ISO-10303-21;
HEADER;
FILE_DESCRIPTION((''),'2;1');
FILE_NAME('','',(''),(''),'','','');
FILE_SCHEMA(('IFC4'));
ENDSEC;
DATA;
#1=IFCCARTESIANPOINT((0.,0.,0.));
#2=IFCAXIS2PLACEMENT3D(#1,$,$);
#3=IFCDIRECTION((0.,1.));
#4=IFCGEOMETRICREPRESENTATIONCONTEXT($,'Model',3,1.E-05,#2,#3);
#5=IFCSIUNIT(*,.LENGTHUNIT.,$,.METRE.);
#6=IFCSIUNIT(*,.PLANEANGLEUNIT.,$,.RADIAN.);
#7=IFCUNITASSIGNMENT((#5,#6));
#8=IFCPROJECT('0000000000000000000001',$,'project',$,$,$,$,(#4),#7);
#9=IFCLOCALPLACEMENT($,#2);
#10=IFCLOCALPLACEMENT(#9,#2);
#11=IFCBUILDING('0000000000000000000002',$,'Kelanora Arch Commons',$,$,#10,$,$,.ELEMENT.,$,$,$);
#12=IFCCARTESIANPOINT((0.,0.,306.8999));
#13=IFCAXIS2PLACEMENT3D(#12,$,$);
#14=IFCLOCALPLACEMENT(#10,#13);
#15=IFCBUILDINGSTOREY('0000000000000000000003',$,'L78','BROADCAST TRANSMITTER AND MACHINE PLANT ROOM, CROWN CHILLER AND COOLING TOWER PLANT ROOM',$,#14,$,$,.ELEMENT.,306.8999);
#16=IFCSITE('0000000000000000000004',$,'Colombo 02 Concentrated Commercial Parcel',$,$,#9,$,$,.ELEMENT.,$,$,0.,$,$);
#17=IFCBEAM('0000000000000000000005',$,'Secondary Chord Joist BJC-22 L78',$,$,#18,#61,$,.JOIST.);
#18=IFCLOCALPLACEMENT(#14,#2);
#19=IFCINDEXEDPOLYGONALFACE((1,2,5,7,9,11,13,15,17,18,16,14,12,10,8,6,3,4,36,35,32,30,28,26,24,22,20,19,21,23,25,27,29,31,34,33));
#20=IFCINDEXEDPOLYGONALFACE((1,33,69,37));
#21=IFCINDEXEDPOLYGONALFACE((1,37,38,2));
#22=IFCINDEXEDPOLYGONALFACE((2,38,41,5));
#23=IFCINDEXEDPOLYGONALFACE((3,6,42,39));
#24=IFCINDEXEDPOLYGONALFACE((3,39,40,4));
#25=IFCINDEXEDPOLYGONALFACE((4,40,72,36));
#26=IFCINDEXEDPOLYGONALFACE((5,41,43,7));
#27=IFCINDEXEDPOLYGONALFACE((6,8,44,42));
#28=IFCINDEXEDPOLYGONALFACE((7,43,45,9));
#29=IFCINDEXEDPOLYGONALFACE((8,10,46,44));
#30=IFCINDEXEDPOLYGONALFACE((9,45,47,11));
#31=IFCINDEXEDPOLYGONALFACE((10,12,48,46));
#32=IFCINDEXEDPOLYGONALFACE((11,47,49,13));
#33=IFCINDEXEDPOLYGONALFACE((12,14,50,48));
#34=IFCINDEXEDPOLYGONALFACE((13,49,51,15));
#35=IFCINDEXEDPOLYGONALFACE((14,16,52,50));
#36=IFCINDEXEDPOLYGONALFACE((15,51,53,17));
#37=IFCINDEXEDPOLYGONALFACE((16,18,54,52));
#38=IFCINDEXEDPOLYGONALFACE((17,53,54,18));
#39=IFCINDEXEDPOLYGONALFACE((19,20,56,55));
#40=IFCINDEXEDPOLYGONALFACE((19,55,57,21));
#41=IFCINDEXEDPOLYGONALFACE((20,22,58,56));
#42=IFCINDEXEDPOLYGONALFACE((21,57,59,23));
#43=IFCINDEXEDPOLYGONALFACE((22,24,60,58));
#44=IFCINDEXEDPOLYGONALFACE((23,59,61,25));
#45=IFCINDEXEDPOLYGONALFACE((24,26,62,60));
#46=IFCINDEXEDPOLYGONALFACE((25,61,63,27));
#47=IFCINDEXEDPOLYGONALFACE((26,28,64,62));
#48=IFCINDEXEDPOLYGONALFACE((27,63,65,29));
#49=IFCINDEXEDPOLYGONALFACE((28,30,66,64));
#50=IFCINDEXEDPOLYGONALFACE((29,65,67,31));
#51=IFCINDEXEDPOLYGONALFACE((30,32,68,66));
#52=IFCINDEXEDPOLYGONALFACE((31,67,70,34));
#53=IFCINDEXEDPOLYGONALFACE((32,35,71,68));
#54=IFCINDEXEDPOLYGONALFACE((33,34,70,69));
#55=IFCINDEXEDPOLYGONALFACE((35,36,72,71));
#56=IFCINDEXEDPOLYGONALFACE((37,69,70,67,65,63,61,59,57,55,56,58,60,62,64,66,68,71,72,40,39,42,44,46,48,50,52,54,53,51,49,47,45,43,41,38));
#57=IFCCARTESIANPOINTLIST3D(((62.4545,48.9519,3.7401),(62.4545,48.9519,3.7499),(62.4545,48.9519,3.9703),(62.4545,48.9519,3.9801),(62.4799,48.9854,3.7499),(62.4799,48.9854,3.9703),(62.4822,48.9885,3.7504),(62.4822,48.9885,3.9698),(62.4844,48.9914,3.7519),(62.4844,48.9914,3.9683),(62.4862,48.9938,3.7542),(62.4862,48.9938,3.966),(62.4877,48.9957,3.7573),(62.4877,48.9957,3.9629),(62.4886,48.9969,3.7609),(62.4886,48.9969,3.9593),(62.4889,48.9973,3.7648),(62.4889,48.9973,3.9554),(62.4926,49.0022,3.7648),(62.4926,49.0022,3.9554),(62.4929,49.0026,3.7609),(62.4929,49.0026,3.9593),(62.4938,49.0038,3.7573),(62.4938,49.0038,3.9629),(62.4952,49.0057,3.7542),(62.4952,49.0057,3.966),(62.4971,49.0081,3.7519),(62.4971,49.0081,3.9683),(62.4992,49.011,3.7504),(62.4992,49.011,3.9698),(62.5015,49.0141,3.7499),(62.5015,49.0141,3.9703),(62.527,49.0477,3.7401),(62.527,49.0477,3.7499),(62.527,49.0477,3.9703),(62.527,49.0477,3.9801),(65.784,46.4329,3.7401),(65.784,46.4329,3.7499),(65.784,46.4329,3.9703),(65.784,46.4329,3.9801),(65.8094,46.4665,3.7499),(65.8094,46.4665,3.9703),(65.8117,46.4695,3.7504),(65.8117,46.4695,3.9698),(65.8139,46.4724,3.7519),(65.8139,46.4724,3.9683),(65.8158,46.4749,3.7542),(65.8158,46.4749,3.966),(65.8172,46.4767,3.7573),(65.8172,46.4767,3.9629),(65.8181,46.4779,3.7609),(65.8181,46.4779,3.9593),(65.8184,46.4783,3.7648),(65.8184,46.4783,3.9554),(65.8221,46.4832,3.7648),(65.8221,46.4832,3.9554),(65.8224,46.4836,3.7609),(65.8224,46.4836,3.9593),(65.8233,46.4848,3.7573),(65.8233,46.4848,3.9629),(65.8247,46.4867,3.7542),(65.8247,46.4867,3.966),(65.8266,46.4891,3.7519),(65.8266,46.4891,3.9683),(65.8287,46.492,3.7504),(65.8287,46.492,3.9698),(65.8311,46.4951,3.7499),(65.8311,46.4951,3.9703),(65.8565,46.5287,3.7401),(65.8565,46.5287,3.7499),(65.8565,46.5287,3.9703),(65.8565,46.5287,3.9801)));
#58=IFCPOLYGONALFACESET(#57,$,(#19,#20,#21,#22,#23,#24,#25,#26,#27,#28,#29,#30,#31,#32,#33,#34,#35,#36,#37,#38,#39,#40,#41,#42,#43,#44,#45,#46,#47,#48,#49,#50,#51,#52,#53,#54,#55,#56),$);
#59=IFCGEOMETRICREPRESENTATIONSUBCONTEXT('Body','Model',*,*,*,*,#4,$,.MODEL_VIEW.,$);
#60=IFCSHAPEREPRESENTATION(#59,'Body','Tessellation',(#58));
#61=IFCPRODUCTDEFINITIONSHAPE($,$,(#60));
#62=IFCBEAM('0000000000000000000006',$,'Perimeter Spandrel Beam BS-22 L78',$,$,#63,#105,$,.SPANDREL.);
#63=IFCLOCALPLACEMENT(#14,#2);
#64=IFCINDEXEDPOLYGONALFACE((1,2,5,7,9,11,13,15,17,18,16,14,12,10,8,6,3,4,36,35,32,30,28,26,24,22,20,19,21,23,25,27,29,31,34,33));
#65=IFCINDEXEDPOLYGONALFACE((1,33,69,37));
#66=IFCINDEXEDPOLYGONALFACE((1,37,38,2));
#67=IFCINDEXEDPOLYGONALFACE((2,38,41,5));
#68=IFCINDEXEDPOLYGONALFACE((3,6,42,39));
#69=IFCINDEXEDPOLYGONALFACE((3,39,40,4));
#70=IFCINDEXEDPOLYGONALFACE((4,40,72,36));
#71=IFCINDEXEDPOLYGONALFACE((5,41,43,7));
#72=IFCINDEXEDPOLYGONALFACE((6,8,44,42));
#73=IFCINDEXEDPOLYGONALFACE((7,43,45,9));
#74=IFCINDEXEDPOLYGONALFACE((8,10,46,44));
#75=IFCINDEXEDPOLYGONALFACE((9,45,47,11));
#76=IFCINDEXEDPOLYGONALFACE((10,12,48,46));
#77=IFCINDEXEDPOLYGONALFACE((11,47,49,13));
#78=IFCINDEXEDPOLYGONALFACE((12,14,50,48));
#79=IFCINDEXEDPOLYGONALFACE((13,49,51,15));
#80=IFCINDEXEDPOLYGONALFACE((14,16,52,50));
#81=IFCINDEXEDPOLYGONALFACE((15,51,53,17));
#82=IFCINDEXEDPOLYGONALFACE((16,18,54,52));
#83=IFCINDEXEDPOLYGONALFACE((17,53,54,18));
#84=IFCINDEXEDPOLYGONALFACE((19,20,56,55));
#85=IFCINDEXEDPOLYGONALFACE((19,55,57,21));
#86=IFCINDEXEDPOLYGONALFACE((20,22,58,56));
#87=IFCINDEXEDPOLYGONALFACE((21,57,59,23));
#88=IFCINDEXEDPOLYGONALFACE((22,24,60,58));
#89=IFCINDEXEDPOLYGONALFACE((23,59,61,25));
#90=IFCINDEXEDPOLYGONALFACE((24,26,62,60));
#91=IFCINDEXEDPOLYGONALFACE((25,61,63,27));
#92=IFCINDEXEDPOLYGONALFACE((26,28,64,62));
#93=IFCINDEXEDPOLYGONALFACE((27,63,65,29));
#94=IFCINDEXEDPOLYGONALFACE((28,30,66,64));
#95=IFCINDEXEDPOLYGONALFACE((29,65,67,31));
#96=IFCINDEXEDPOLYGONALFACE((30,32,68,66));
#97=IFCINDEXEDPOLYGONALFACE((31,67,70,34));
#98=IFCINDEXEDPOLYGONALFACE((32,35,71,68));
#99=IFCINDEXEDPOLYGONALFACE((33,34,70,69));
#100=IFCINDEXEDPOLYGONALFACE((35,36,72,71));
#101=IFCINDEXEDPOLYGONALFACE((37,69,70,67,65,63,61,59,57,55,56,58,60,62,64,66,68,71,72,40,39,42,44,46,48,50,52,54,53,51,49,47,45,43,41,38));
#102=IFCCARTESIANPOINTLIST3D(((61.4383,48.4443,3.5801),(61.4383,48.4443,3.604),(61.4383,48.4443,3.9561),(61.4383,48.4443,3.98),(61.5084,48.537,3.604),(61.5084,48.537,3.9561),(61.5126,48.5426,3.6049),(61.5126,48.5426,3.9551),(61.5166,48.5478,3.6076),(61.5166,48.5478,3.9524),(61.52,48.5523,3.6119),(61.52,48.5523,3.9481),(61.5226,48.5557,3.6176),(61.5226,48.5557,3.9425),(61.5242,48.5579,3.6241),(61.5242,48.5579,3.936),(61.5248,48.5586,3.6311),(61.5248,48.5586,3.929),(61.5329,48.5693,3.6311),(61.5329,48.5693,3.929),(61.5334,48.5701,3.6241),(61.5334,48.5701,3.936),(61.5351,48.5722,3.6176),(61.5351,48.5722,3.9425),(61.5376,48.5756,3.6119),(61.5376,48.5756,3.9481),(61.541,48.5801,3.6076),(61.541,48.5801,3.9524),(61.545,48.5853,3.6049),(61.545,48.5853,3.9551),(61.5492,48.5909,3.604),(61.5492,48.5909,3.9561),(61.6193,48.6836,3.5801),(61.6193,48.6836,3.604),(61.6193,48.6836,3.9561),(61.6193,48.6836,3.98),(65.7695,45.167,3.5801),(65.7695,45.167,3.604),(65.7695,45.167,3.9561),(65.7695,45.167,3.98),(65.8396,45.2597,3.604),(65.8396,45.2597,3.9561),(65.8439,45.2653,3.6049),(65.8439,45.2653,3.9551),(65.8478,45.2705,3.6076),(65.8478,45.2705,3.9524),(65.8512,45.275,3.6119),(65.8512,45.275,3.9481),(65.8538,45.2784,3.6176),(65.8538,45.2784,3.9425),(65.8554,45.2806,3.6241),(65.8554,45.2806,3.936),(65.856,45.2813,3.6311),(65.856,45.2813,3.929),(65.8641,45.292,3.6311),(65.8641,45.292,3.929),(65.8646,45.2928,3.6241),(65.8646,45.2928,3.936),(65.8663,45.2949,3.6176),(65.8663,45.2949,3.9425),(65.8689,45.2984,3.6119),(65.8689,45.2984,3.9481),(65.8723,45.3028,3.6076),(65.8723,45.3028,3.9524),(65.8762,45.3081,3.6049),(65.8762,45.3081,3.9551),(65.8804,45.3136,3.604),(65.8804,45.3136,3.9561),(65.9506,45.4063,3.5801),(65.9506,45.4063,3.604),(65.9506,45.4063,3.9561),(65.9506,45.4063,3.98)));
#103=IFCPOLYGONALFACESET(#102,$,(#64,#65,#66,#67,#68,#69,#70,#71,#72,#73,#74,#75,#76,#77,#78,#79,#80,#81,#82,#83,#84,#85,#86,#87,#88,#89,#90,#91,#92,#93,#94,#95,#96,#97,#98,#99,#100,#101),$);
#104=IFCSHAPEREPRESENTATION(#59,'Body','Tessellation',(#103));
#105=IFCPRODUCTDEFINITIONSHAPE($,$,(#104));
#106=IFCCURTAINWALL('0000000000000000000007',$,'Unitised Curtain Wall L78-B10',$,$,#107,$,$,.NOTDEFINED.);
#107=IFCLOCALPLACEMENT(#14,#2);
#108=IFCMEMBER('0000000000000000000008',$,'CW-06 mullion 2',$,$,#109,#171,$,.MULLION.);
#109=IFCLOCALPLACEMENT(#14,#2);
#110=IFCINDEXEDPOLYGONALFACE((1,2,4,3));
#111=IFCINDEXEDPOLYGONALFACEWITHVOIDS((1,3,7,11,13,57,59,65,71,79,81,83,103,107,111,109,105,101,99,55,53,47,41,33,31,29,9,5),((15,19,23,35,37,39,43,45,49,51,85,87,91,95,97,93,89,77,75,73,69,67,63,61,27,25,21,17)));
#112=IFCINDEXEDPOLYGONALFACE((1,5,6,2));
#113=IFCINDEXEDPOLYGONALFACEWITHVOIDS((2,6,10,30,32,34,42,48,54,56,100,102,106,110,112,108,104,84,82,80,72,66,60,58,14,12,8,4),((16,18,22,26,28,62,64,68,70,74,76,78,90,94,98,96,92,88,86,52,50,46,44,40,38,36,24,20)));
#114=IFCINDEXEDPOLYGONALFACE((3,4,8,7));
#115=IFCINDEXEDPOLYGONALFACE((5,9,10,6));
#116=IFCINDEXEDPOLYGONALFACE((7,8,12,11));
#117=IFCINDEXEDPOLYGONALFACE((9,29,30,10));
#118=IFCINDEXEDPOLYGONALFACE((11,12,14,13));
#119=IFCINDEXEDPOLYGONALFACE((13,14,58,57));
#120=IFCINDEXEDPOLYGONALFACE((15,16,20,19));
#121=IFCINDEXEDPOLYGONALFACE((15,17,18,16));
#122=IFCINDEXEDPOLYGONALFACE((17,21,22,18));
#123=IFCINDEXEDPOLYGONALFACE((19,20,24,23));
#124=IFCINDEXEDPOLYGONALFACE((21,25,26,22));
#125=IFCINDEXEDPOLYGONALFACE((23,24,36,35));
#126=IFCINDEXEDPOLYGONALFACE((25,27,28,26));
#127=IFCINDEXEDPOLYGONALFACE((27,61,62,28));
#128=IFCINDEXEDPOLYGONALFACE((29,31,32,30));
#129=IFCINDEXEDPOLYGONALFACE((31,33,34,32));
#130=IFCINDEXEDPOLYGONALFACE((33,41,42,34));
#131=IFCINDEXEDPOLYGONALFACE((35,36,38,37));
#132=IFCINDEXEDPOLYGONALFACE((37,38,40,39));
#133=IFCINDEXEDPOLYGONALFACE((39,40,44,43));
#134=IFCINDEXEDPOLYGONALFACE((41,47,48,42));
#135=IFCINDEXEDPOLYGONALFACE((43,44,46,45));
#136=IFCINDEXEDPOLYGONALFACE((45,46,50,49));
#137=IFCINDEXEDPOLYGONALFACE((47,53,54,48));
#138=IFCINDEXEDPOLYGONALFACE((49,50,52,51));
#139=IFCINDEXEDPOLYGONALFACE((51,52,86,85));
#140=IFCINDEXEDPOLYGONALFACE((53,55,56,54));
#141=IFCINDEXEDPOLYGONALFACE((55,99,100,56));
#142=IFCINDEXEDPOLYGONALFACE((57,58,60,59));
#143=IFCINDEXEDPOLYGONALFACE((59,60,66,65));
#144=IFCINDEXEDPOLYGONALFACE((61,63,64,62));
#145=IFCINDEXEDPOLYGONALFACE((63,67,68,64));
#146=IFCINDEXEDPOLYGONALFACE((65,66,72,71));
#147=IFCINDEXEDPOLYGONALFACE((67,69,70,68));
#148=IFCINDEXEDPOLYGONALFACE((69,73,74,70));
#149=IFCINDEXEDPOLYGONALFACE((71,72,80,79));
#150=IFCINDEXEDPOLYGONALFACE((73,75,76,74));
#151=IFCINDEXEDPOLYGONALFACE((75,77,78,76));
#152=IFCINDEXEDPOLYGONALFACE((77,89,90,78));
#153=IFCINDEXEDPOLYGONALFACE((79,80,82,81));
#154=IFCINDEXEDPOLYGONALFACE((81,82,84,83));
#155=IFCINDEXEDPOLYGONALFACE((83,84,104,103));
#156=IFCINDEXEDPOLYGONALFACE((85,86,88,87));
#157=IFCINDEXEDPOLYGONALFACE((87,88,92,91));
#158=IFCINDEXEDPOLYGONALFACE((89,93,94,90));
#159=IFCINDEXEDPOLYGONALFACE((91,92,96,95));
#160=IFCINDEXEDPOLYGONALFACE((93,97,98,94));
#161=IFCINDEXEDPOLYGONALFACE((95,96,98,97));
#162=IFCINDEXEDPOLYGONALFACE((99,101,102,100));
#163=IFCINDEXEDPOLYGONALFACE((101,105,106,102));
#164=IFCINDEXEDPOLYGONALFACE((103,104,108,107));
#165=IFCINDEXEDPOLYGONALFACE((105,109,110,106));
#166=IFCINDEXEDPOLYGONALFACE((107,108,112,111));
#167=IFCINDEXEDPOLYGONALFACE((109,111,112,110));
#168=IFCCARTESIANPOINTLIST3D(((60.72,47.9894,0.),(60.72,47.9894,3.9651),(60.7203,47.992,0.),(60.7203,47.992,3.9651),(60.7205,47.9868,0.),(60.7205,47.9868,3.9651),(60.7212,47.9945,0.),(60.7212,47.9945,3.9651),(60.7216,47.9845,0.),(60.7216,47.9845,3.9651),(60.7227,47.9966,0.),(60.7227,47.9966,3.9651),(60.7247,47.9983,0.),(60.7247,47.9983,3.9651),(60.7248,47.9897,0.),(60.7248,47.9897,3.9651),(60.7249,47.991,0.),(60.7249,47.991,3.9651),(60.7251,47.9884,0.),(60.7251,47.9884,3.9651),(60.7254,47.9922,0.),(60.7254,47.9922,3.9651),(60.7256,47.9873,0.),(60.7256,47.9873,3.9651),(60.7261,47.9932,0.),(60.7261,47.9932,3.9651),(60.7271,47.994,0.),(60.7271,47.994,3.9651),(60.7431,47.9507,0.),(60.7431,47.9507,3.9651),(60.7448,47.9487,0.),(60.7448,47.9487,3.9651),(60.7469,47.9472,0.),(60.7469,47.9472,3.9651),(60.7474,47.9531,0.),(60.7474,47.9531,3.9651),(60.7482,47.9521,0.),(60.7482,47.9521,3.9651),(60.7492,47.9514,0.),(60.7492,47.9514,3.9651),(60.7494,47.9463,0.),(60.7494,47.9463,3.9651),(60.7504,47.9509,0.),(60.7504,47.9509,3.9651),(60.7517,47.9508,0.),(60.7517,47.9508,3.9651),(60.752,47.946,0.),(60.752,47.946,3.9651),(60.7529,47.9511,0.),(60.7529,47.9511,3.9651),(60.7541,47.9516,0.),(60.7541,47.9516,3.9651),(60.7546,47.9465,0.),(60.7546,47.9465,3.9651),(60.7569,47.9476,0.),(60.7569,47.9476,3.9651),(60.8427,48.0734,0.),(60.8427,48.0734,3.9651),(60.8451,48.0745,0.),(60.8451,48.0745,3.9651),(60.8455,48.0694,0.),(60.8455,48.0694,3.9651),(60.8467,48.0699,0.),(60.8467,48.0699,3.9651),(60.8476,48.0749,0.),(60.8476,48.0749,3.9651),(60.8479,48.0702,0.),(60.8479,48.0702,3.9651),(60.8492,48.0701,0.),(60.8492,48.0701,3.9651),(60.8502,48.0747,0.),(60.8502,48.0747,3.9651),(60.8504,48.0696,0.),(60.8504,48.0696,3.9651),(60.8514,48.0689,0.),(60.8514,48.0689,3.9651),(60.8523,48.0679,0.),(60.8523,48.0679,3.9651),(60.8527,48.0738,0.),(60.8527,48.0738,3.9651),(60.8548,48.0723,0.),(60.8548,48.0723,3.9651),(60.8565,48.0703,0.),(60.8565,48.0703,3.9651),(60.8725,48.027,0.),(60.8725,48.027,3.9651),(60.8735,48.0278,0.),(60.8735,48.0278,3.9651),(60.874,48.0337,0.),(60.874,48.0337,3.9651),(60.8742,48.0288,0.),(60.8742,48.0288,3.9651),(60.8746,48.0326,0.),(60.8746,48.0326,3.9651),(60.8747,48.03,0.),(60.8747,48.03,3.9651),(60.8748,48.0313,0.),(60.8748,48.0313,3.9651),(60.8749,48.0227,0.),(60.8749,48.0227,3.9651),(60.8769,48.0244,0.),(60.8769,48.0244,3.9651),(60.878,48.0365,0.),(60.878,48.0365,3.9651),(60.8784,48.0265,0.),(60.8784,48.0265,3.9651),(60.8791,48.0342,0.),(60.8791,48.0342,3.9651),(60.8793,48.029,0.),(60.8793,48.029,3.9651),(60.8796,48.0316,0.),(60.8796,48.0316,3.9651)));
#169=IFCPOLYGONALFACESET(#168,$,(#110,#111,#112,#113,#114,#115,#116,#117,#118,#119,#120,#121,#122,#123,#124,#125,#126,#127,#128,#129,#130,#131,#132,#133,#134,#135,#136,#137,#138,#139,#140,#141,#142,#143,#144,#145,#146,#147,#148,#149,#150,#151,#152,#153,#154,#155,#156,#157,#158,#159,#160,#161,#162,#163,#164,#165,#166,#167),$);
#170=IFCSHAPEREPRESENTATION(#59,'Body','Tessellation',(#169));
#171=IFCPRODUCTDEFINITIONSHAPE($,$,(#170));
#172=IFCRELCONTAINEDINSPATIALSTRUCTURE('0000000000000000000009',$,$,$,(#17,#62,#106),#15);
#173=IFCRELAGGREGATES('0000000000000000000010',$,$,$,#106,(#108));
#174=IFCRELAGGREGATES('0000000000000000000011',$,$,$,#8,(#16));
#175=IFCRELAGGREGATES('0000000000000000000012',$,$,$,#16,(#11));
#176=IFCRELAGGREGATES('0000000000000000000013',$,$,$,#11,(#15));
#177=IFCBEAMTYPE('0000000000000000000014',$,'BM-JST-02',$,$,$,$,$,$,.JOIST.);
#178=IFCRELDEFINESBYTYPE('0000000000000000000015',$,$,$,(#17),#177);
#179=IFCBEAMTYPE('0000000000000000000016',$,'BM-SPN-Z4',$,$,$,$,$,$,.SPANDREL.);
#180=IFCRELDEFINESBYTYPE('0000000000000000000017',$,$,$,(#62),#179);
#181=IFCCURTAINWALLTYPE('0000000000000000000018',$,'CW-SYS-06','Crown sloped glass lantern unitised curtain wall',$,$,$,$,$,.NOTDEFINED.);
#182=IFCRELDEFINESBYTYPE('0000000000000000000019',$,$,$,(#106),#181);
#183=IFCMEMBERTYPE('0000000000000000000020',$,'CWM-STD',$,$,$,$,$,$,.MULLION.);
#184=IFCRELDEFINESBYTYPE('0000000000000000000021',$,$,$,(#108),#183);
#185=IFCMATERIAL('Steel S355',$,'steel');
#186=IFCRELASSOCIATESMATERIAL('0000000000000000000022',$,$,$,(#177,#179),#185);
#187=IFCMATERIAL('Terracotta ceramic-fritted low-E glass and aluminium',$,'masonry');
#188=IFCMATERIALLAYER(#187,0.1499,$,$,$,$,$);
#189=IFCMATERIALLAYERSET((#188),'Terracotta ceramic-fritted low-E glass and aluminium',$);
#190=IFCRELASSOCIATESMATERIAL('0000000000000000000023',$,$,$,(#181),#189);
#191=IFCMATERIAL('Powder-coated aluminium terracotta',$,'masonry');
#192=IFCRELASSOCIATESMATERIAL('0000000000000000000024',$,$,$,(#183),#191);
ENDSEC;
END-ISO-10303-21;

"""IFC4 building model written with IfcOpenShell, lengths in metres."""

from ifc_helpers import new_model, si_unit, direction, frame, origin, origin_2d, place, context, subcontext, project, spatial, hollow_rectangle, i_section, extrude, material, layer, layer_set, material_profile, profile_set, type_object, element, aggregate, save


model = new_model("IFC4")

# Units and contexts
model_context = context("Model", 3, precision=1e-05, world=origin(), true_north=direction((0.0, 1.0)))
body_context = subcontext(model_context, "Body", "Model", "MODEL_VIEW")
ifc_project = project(units=[si_unit("LENGTHUNIT", "METRE"), si_unit("PLANEANGLEUNIT", "RADIAN")], contexts=[model_context])

# Site, building, storey
site_placement = place(None, origin())
site = spatial("IfcSite", under=ifc_project, at=site_placement, Name="Colombo 02 Concentrated Commercial Parcel", CompositionType="ELEMENT", RefElevation=0.0)
building_placement = place(site_placement, origin())
building = spatial("IfcBuilding", under=site, at=building_placement, Name="Kelanora Arch Commons", CompositionType="ELEMENT")
storey_placement = place(building_placement, frame((0.0, 0.0, 306.8999)))
storey = spatial("IfcBuildingStorey", under=building, at=storey_placement, Name="L78", Description="BROADCAST TRANSMITTER AND MACHINE PLANT ROOM, CROWN CHILLER AND COOLING TOWER PLANT ROOM", CompositionType="ELEMENT", Elevation=306.8999)

# Beams
ifc_material_1 = material(Name="Steel S355", Category="steel")
ifc_material_profile_1 = material_profile(ifc_material_1, i_section(OverallWidth=0.1201, OverallDepth=0.24, WebThickness=0.0061, FlangeThickness=0.0098, FilletRadius=0.0149, at=origin_2d()), Name="IPE240")
ifc_profile_set_1 = profile_set([ifc_material_profile_1], Name="Steel S355")
beam_type_1 = type_object("IfcBeamType", Name="BM-JST-02", PredefinedType="JOIST", material=ifc_profile_set_1)
beam_1_placement = place(storey_placement, frame((62.4907, 48.9998, 3.8601), z_axis=(0.797481, -0.603344, 0.0), x_axis=(0.603344, 0.797481, 0.0)))
element("IfcBeam", 1, at=beam_1_placement, inside=storey, type_object=beam_type_1, Name="Secondary Chord Joist BJC-22 L78", PredefinedType="JOIST", context=body_context, shape_type="SweptSolid", body=[
    extrude(i_section(OverallWidth=0.1201, OverallDepth=0.24, WebThickness=0.0061, FlangeThickness=0.0098, FilletRadius=0.0149, at=origin_2d()), origin(), (0.0, 0.0, 1.0), 4.175),
])
ifc_material_profile_2 = material_profile(ifc_material_1, i_section(OverallWidth=0.3, OverallDepth=0.3999, WebThickness=0.0134, FlangeThickness=0.0239, FilletRadius=0.0271, at=origin_2d()), Name="HEB400")
ifc_profile_set_2 = profile_set([ifc_material_profile_2], Name="Steel S355")
beam_type_2 = type_object("IfcBeamType", Name="BM-SPN-Z4", PredefinedType="SPANDREL", material=ifc_profile_set_2)
beam_2_placement = place(storey_placement, frame((61.5288, 48.564, 3.78), z_axis=(0.797441, -0.603396, 0.0), x_axis=(0.603396, 0.797441, 0.0)))
element("IfcBeam", 2, at=beam_2_placement, inside=storey, type_object=beam_type_2, Name="Perimeter Spandrel Beam BS-22 L78", PredefinedType="SPANDREL", context=body_context, shape_type="SweptSolid", body=[
    extrude(i_section(OverallWidth=0.3, OverallDepth=0.3999, WebThickness=0.0134, FlangeThickness=0.0239, FilletRadius=0.0271, at=origin_2d()), origin(), (0.0, 0.0, 1.0), 5.4314),
])

# Curtain wall, member
ifc_material_2 = material(Name="Terracotta ceramic-fritted low-E glass and aluminium", Category="masonry")
ifc_layer_1 = layer(ifc_material_2, 0.1499)
ifc_layer_set_1 = layer_set([ifc_layer_1], Name="Terracotta ceramic-fritted low-E glass and aluminium")
curtain_wall_type = type_object("IfcCurtainWallType", Name="CW-SYS-06", Description="Crown sloped glass lantern unitised curtain wall", PredefinedType="NOTDEFINED", material=ifc_layer_set_1)
curtain_wall_1_placement = place(storey_placement, origin())
curtain_wall_1 = element("IfcCurtainWall", 3, at=curtain_wall_1_placement, inside=storey, type_object=curtain_wall_type, Name="Unitised Curtain Wall L78-B10", PredefinedType="NOTDEFINED")
ifc_material_3 = material(Name="Powder-coated aluminium terracotta", Category="masonry")
ifc_material_profile_3 = material_profile(ifc_material_3, hollow_rectangle(XDim=0.1599, YDim=0.0601, WallThickness=0.0049, InnerFilletRadius=0.0049, OuterFilletRadius=0.01, at=origin_2d()), Name="CWM160x60")
ifc_profile_set_3 = profile_set([ifc_material_profile_3], Name="Powder-coated aluminium terracotta")
member_type_1 = type_object("IfcMemberType", Name="CWM-STD", PredefinedType="MULLION", material=ifc_profile_set_3)
member_1_placement = place(storey_placement, frame((60.7998, 48.0105, 0.0), z_axis=(0.0, 0.0, 1.0), x_axis=(0.843592, 0.536984, 0.0)))
member_1 = element("IfcMember", 4, at=member_1_placement, type_object=member_type_1, Name="CW-06 mullion 2", PredefinedType="MULLION", context=body_context, shape_type="SweptSolid", body=[
    extrude(hollow_rectangle(XDim=0.1599, YDim=0.0601, WallThickness=0.0049, InnerFilletRadius=0.0049, OuterFilletRadius=0.01, at=origin_2d()), origin(), (0.0, 0.0, 1.0), 3.9651),
])
aggregate(curtain_wall_1, [member_1])

save(model, "model.ifc")
